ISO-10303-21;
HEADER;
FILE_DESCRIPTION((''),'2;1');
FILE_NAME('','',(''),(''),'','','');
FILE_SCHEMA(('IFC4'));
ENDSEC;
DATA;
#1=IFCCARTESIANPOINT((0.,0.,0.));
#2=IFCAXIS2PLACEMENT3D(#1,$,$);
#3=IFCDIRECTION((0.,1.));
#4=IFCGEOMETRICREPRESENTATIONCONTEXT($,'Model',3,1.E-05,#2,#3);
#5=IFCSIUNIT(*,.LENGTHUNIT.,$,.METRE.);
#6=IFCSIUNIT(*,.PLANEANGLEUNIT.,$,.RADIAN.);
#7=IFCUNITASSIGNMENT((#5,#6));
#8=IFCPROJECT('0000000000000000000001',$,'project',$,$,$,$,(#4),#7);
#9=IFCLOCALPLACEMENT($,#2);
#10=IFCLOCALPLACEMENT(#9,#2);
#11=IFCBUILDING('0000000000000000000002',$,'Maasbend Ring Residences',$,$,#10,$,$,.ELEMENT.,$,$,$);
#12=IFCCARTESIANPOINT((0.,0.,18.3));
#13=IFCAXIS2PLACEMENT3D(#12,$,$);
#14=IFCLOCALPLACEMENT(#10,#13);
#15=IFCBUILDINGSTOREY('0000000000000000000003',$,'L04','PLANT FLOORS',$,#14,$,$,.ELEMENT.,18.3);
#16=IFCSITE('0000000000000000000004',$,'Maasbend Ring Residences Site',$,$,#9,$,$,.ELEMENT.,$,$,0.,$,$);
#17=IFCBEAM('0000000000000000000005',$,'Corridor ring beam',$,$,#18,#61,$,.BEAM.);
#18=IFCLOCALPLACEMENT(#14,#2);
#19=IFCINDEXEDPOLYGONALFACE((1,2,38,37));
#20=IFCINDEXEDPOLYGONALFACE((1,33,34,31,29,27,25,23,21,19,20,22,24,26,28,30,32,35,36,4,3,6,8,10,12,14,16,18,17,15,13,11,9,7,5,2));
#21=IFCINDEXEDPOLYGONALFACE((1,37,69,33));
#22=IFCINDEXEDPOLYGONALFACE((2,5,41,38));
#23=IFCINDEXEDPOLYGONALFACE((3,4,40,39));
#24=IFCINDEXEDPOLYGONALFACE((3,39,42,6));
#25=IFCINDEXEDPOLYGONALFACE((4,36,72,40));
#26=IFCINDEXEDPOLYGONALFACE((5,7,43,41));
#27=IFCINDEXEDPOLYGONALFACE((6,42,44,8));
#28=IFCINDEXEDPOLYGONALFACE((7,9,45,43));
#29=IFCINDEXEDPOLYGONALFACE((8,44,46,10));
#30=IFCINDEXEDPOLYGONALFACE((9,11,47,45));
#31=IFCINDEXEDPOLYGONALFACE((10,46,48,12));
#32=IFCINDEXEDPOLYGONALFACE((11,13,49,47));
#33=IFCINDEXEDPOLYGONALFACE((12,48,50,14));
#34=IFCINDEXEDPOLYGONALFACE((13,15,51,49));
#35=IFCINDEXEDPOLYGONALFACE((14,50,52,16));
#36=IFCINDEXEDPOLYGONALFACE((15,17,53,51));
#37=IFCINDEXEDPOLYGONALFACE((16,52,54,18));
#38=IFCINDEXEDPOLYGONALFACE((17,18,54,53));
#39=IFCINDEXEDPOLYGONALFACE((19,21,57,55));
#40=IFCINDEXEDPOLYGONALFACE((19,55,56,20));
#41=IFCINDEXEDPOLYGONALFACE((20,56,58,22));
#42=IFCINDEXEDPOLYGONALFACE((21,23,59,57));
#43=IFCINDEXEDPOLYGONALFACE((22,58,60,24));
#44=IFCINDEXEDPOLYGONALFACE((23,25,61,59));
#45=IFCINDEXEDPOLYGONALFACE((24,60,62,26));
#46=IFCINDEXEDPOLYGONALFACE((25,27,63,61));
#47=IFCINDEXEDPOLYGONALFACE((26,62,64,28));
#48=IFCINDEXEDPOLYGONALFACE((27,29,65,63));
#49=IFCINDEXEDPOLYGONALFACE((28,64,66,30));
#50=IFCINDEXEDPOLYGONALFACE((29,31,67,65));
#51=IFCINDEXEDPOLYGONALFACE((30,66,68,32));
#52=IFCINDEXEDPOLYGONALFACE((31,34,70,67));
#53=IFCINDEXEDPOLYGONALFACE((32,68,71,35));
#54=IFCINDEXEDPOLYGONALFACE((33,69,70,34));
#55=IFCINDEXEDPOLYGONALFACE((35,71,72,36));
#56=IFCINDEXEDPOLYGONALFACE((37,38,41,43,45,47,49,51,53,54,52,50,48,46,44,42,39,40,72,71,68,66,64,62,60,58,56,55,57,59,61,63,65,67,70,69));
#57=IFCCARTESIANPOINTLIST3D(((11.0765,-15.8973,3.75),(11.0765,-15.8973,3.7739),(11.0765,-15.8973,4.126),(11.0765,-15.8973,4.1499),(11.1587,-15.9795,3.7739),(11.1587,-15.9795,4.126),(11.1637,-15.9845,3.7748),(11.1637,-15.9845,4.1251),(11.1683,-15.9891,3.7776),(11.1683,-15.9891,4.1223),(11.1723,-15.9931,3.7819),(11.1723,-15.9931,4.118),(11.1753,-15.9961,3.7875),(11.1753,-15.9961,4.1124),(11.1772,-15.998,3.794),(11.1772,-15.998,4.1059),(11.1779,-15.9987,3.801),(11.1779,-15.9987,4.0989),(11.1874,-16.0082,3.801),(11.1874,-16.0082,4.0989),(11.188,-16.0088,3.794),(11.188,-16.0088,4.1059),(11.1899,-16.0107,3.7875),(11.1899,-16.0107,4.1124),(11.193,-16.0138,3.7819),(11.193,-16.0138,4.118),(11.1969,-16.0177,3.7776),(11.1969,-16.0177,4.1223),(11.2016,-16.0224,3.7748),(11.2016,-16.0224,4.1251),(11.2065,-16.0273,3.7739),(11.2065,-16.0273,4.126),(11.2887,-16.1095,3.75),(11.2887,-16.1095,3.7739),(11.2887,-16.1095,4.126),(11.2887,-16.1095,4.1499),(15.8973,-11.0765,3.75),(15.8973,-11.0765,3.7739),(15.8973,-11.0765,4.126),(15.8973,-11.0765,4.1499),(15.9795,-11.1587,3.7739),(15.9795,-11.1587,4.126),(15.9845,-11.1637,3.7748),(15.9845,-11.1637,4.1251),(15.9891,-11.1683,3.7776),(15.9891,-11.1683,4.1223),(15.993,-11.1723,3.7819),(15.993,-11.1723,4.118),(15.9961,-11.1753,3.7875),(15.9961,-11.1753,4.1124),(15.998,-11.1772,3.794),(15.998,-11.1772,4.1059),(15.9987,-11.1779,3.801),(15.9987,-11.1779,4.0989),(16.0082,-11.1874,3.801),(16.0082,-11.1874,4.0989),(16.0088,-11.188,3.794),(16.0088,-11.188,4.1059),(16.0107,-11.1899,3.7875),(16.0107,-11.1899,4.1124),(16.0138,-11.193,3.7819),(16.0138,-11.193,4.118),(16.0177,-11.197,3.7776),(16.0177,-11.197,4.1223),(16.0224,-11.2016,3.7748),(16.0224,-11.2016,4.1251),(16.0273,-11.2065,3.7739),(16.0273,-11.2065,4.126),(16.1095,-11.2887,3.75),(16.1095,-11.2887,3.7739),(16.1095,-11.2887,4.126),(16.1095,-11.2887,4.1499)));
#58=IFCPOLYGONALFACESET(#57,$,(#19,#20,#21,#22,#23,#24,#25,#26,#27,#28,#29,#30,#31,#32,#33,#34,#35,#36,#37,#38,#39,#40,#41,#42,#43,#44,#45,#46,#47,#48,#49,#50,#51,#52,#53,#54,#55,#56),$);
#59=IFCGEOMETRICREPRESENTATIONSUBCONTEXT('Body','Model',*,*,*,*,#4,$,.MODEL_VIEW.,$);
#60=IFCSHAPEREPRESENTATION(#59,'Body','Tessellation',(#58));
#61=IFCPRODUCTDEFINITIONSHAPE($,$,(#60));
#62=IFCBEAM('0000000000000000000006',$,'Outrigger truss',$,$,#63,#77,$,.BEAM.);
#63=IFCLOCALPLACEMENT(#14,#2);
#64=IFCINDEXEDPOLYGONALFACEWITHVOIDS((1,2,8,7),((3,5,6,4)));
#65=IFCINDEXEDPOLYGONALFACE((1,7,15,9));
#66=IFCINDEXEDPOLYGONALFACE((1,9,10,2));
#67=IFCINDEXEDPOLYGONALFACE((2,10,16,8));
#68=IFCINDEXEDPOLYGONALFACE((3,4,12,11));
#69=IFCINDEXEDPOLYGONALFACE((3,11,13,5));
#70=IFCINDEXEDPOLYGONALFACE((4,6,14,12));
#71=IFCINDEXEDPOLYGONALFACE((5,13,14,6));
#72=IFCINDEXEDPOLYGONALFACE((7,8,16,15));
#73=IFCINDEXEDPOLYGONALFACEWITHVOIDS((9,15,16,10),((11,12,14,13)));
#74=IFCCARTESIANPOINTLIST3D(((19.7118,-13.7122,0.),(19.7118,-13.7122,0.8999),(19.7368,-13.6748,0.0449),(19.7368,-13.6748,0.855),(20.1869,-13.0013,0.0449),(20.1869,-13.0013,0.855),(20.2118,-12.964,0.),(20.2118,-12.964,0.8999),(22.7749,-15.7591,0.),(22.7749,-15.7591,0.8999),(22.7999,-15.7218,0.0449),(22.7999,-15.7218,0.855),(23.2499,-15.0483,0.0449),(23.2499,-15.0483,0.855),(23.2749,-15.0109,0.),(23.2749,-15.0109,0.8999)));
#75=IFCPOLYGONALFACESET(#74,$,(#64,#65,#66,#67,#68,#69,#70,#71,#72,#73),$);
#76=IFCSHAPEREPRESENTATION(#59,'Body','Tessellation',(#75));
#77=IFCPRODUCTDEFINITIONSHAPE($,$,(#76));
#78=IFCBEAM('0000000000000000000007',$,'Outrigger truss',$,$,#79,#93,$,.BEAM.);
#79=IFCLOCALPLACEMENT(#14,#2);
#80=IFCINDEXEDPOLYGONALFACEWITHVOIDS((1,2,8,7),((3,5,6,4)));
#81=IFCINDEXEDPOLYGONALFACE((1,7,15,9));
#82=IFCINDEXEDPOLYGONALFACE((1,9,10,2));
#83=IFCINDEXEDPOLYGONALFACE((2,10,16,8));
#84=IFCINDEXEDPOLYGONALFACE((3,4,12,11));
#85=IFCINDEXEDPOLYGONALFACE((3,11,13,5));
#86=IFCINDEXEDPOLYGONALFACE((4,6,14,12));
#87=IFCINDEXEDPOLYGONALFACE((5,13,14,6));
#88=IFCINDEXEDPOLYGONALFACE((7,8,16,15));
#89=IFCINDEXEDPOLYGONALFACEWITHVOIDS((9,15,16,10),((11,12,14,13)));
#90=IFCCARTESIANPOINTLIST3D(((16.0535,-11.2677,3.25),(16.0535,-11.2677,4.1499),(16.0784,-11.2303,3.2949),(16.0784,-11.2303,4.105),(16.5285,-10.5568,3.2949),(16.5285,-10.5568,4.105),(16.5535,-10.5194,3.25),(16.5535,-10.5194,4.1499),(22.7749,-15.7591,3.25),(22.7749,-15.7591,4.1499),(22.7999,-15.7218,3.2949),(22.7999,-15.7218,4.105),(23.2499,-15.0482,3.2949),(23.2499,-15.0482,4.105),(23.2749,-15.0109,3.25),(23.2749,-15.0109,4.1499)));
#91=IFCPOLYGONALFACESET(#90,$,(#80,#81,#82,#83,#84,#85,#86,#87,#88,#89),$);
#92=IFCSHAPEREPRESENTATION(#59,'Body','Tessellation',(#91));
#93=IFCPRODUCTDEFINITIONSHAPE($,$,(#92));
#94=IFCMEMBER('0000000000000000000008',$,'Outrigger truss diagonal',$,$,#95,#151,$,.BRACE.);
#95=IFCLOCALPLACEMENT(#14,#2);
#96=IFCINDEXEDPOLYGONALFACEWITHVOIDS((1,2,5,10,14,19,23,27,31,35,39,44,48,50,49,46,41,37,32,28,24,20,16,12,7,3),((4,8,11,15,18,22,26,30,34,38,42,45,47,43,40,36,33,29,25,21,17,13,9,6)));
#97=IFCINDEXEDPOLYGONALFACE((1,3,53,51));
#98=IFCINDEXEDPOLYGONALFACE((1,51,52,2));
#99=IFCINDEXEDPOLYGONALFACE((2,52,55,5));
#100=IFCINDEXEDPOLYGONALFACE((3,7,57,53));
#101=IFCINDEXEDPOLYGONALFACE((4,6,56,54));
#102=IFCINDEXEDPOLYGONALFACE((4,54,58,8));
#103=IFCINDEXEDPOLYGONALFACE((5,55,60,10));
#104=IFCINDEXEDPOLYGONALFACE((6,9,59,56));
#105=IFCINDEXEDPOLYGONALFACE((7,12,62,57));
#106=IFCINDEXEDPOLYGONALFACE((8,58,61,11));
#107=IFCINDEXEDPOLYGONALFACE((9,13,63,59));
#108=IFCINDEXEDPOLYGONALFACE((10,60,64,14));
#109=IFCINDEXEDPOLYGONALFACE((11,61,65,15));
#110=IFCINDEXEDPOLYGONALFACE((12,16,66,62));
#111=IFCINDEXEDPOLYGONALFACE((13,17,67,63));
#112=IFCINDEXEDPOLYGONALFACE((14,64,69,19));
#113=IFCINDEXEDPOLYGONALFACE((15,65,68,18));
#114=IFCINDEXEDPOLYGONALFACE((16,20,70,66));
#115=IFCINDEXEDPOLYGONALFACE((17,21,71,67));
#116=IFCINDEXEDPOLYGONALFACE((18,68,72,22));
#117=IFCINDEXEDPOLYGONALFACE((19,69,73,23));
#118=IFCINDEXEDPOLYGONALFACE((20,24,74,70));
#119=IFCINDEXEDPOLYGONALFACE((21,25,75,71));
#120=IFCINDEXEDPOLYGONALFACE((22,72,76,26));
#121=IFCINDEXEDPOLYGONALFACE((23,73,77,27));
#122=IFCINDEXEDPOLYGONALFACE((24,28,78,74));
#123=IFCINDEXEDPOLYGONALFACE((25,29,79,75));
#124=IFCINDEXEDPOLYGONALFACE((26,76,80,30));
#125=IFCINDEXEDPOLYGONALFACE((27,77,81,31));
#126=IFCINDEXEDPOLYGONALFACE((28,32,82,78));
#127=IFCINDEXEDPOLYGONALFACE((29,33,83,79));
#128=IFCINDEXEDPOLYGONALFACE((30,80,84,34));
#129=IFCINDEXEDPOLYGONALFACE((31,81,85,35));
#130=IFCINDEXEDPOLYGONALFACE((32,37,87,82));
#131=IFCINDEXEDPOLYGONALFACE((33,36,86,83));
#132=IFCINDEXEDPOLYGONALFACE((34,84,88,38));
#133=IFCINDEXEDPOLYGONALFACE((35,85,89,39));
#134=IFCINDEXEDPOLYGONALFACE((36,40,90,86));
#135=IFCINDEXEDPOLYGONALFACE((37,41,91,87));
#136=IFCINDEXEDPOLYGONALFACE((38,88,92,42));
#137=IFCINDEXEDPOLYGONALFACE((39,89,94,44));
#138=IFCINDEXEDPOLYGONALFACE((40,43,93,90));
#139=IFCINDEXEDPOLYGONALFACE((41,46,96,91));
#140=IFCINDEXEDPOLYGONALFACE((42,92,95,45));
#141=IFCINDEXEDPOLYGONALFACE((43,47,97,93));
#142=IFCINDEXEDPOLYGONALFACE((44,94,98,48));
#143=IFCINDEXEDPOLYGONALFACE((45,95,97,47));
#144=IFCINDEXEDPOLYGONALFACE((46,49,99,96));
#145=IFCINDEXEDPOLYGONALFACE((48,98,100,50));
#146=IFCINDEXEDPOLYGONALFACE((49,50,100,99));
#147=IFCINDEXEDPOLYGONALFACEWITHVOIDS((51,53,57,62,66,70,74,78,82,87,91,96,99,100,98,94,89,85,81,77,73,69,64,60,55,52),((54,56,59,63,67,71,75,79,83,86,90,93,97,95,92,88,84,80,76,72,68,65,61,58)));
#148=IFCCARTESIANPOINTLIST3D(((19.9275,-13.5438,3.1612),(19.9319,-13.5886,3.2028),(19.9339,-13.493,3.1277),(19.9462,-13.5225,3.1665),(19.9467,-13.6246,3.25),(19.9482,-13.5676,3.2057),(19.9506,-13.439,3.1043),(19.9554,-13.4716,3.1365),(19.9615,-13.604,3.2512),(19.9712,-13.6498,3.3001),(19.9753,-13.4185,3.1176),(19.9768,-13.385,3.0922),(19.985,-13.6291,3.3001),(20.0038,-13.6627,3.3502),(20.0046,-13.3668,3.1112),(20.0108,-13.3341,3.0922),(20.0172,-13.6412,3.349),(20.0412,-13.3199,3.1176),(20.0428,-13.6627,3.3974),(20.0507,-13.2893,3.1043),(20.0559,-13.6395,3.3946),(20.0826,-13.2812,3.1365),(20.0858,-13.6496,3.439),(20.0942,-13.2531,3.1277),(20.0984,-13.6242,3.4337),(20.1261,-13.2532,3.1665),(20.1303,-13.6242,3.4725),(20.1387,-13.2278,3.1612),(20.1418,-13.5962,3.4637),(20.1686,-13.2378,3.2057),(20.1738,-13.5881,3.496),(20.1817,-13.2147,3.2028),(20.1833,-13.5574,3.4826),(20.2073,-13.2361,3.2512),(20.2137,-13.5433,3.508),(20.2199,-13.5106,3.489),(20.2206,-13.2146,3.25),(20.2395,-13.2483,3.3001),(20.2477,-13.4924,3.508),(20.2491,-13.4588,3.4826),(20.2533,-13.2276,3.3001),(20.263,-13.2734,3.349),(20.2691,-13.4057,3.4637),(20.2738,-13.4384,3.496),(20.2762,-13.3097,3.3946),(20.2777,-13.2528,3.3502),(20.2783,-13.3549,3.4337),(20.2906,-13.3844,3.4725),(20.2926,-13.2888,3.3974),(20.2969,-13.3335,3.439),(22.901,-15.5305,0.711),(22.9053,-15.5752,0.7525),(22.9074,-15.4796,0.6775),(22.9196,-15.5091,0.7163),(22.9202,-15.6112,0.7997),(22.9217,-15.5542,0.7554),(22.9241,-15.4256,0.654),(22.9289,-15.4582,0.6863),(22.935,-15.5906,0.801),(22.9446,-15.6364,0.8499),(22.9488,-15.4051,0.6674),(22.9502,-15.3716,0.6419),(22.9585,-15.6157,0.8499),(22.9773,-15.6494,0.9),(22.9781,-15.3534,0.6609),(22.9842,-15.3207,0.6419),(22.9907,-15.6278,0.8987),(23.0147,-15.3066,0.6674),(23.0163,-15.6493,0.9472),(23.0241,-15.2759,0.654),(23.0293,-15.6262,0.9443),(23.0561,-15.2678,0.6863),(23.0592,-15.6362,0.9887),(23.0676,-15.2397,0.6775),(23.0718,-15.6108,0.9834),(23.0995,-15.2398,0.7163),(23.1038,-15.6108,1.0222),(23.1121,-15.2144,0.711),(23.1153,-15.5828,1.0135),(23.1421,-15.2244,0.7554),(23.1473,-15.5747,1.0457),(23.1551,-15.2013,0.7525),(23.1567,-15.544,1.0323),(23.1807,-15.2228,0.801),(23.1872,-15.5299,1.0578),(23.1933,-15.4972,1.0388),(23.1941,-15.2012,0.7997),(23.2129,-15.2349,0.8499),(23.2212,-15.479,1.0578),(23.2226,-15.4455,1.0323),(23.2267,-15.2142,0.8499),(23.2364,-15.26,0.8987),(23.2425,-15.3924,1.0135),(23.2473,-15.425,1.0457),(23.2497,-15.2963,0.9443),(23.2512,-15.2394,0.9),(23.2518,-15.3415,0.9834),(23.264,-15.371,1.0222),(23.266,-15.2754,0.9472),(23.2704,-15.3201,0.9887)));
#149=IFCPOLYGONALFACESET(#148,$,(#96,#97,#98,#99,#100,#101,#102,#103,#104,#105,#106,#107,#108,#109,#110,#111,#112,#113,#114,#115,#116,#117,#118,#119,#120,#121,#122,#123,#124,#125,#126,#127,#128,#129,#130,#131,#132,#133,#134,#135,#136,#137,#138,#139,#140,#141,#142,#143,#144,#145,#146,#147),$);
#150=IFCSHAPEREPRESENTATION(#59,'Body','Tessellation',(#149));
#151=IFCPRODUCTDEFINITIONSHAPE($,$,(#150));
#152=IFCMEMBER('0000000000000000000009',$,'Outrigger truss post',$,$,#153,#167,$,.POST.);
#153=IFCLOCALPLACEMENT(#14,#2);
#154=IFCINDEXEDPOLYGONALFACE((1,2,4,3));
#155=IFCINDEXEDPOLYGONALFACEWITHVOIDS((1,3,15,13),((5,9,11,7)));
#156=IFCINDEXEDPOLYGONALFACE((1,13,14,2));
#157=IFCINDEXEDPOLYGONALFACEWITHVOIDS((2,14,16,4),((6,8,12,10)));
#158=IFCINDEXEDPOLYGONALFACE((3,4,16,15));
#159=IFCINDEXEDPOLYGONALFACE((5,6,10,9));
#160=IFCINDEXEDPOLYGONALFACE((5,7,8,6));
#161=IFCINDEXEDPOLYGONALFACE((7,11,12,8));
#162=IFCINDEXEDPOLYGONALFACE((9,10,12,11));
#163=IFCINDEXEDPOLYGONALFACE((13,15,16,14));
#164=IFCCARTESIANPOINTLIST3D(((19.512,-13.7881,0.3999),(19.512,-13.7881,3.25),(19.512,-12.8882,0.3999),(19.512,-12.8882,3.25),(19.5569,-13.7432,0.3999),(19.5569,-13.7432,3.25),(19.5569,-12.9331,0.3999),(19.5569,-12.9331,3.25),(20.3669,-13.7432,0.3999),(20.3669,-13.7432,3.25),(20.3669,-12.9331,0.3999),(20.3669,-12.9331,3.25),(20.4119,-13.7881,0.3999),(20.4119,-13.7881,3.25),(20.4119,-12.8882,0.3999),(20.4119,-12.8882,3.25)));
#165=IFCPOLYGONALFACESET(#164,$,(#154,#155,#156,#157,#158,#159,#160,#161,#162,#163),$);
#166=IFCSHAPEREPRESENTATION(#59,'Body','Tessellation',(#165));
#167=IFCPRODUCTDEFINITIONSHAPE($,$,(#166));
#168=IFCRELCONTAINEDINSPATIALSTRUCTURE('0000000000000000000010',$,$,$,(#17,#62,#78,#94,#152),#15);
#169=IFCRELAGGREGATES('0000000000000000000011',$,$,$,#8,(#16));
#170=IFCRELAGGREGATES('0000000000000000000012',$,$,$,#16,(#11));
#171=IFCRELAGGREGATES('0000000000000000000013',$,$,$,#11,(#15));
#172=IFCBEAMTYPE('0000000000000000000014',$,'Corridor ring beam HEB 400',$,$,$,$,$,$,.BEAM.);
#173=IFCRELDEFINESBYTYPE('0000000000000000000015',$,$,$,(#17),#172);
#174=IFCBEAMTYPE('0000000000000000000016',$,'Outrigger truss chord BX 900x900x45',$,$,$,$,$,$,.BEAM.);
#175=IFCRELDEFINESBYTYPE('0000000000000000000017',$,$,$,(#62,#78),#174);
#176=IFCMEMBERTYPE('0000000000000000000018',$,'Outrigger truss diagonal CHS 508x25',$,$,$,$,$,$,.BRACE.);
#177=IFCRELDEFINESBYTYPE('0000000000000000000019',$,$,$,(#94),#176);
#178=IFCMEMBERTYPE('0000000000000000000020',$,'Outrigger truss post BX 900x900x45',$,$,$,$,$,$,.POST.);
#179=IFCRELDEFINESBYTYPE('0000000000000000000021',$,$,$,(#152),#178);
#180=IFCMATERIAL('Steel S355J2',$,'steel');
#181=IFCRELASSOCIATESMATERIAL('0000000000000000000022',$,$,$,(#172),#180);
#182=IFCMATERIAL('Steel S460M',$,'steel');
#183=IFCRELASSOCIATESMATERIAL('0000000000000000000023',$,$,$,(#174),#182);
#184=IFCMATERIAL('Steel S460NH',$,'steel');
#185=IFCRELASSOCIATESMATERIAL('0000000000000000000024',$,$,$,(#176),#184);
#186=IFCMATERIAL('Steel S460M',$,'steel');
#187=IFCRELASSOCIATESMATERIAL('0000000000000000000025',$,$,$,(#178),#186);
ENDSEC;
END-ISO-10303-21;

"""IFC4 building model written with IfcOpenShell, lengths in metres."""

from ifc_helpers import new_model, si_unit, direction, frame, origin, origin_2d, place, context, subcontext, project, spatial, hollow_rectangle, hollow_circle, i_section, extrude, material, material_profile, profile_set, type_object, element, save


model = new_model("IFC4")

# Units and contexts
model_context = context("Model", 3, precision=1e-05, world=origin(), true_north=direction((0.0, 1.0)))
body_context = subcontext(model_context, "Body", "Model", "MODEL_VIEW")
ifc_project = project(units=[si_unit("LENGTHUNIT", "METRE"), si_unit("PLANEANGLEUNIT", "RADIAN")], contexts=[model_context])

# Site, building, storey
site_placement = place(None, origin())
site = spatial("IfcSite", under=ifc_project, at=site_placement, Name="Maasbend Ring Residences Site", CompositionType="ELEMENT", RefElevation=0.0)
building_placement = place(site_placement, origin())
building = spatial("IfcBuilding", under=site, at=building_placement, Name="Maasbend Ring Residences", CompositionType="ELEMENT")
storey_placement = place(building_placement, frame((0.0, 0.0, 18.3)))
storey = spatial("IfcBuildingStorey", under=building, at=storey_placement, Name="L04", Description="PLANT FLOORS", CompositionType="ELEMENT", Elevation=18.3)

# Beams
ifc_material_1 = material(Name="Steel S355J2", Category="steel")
ifc_material_profile_1 = material_profile(ifc_material_1, i_section(OverallWidth=0.3, OverallDepth=0.3999, WebThickness=0.0134, FlangeThickness=0.0239, FilletRadius=0.0271, at=origin_2d()), Name="HEB 400")
ifc_profile_set_1 = profile_set([ifc_material_profile_1], Name="Steel S355J2")
beam_type_1 = type_object("IfcBeamType", Name="Corridor ring beam HEB 400", PredefinedType="BEAM", material=ifc_profile_set_1)
beam_1_placement = place(storey_placement, frame((11.1826, -16.0034, 3.95), z_axis=(0.707107, 0.707107, 0.0), x_axis=(-0.707107, 0.707107, 0.0)))
element("IfcBeam", 1, at=beam_1_placement, inside=storey, type_object=beam_type_1, Name="Corridor ring beam", PredefinedType="BEAM", context=body_context, shape_type="SweptSolid", body=[
    extrude(i_section(OverallWidth=0.3, OverallDepth=0.3999, WebThickness=0.0134, FlangeThickness=0.0239, FilletRadius=0.0271, at=origin_2d()), origin(), (0.0, 0.0, 1.0), 6.8176),
])
ifc_material_2 = material(Name="Steel S460M", Category="steel")
ifc_material_profile_2 = material_profile(ifc_material_2, hollow_rectangle(XDim=0.8999, YDim=0.8999, WallThickness=0.0449, at=origin_2d()), Name="Outrigger truss chord BX 900x900x45")
ifc_profile_set_2 = profile_set([ifc_material_profile_2], Name="Steel S460M")
beam_type_2 = type_object("IfcBeamType", Name="Outrigger truss chord BX 900x900x45", PredefinedType="BEAM", material=ifc_profile_set_2)
beam_2_placement = place(storey_placement, frame((23.0249, -15.385, 0.45), z_axis=(-0.831438, 0.555617, 0.0), x_axis=(-0.555617, -0.831438, 0.0)))
element("IfcBeam", 2, at=beam_2_placement, inside=storey, type_object=beam_type_2, Name="Outrigger truss", PredefinedType="BEAM", context=body_context, shape_type="SweptSolid", body=[
    extrude(hollow_rectangle(XDim=0.8999, YDim=0.8999, WallThickness=0.0449, at=origin_2d()), origin(), (0.0, 0.0, 1.0), 3.6841),
])
beam_3_placement = place(storey_placement, frame((23.0249, -15.385, 3.7), z_axis=(-0.83145, 0.555599, 0.0), x_axis=(-0.555599, -0.83145, 0.0)))
element("IfcBeam", 3, at=beam_3_placement, inside=storey, type_object=beam_type_2, Name="Outrigger truss", PredefinedType="BEAM", context=body_context, shape_type="SweptSolid", body=[
    extrude(hollow_rectangle(XDim=0.8999, YDim=0.8999, WallThickness=0.0449, at=origin_2d()), origin(), (0.0, 0.0, 1.0), 8.084),
])

# Members
ifc_material_3 = material(Name="Steel S460NH", Category="steel")
ifc_material_profile_3 = material_profile(ifc_material_3, hollow_circle(Radius=0.2539, WallThickness=0.0249, at=origin_2d()), Name="Outrigger truss diagonal CHS 508x25")
ifc_profile_set_3 = profile_set([ifc_material_profile_3], Name="Steel S460NH")
member_type_1 = type_object("IfcMemberType", Name="Outrigger truss diagonal CHS 508x25", PredefinedType="BRACE", material=ifc_profile_set_3)
member_1_placement = place(storey_placement, frame((23.0857, -15.4253, 0.8499), z_axis=(-0.685926, 0.458279, 0.565231), x_axis=(-0.555535, -0.831493, 0.0)))
element("IfcMember", 4, at=member_1_placement, inside=storey, type_object=member_type_1, Name="Outrigger truss diagonal", PredefinedType="BRACE", context=body_context, shape_type="SweptSolid", body=[
    extrude(hollow_circle(Radius=0.2539, WallThickness=0.0249, at=origin_2d()), origin(), (0.0, 0.0, 1.0), 4.335),
])
ifc_material_4 = material(Name="Steel S460M", Category="steel")
ifc_material_profile_4 = material_profile(ifc_material_4, hollow_rectangle(XDim=0.8999, YDim=0.8999, WallThickness=0.0449, at=origin_2d()), Name="Outrigger truss post BX 900x900x45")
ifc_profile_set_4 = profile_set([ifc_material_profile_4], Name="Steel S460M")
member_type_2 = type_object("IfcMemberType", Name="Outrigger truss post BX 900x900x45", PredefinedType="POST", material=ifc_profile_set_4)
member_2_placement = place(storey_placement, frame((19.9619, -13.3381, 0.3999), z_axis=(0.0, 0.0, 1.0), x_axis=(1.0, 0.0, 0.0)))
element("IfcMember", 5, at=member_2_placement, inside=storey, type_object=member_type_2, Name="Outrigger truss post", PredefinedType="POST", context=body_context, shape_type="SweptSolid", body=[
    extrude(hollow_rectangle(XDim=0.8999, YDim=0.8999, WallThickness=0.0449, at=origin_2d()), origin(), (0.0, 0.0, 1.0), 2.8501),
])

save(model, "model.ifc")
